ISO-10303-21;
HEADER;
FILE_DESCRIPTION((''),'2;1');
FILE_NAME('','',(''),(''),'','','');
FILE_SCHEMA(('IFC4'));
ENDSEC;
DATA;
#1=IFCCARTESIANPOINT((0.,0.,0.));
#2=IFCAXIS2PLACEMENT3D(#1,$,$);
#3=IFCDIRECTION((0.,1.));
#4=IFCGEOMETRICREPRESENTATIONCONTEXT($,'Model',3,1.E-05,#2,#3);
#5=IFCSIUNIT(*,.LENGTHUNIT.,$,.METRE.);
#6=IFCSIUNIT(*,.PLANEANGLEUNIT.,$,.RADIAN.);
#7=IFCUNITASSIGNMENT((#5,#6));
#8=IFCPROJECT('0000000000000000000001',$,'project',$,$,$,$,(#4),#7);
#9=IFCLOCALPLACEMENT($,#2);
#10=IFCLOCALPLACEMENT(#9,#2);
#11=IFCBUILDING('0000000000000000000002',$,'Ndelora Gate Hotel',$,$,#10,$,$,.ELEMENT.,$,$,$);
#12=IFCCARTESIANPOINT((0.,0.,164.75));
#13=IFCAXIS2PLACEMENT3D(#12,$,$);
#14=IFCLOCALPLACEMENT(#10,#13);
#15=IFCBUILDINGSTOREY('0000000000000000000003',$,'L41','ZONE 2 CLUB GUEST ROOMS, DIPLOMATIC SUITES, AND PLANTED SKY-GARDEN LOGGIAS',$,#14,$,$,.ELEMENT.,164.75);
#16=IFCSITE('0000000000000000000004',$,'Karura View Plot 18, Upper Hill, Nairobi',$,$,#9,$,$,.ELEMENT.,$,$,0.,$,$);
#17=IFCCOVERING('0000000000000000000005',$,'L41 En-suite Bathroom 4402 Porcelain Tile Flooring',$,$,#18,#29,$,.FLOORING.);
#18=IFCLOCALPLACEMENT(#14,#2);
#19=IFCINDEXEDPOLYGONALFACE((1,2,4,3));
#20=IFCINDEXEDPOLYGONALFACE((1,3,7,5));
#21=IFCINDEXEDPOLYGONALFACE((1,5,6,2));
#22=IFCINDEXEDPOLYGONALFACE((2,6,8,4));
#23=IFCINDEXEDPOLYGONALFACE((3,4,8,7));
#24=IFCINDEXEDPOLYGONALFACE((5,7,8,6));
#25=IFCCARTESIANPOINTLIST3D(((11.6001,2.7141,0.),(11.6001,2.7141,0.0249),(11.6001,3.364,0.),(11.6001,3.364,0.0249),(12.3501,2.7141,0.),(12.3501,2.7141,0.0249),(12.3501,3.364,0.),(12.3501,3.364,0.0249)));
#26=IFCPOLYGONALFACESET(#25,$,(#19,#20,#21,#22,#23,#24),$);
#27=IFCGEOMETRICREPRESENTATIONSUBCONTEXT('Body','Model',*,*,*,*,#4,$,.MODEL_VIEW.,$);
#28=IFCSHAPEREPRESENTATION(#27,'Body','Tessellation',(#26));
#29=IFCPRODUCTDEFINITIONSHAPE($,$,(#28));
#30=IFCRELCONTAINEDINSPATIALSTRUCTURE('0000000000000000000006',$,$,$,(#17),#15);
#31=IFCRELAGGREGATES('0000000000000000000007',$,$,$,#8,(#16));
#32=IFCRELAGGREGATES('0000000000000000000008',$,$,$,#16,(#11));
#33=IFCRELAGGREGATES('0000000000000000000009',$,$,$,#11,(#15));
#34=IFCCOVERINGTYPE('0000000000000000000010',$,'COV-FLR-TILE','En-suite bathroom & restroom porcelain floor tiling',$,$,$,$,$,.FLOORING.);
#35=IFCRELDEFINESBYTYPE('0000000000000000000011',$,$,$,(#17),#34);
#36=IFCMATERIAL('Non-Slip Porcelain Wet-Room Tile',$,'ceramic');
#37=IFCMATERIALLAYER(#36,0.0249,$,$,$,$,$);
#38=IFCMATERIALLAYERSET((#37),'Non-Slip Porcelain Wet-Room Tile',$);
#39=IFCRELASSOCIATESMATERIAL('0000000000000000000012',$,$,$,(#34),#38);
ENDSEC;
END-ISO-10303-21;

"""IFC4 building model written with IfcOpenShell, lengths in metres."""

from ifc_helpers import new_model, si_unit, direction, frame, origin, origin_2d, place, context, subcontext, project, spatial, rectangle, extrude, material, layer, layer_set, type_object, element, save


model = new_model("IFC4")

# Units and contexts
model_context = context("Model", 3, precision=1e-05, world=origin(), true_north=direction((0.0, 1.0)))
body_context = subcontext(model_context, "Body", "Model", "MODEL_VIEW")
ifc_project = project(units=[si_unit("LENGTHUNIT", "METRE"), si_unit("PLANEANGLEUNIT", "RADIAN")], contexts=[model_context])

# Site, building, storey
site_placement = place(None, origin())
site = spatial("IfcSite", under=ifc_project, at=site_placement, Name="Karura View Plot 18, Upper Hill, Nairobi", CompositionType="ELEMENT", RefElevation=0.0)
building_placement = place(site_placement, origin())
building = spatial("IfcBuilding", under=site, at=building_placement, Name="Ndelora Gate Hotel", CompositionType="ELEMENT")
storey_placement = place(building_placement, frame((0.0, 0.0, 164.75)))
storey = spatial("IfcBuildingStorey", under=building, at=storey_placement, Name="L41", Description="ZONE 2 CLUB GUEST ROOMS, DIPLOMATIC SUITES, AND PLANTED SKY-GARDEN LOGGIAS", CompositionType="ELEMENT", Elevation=164.75)

# Covering
ifc_material_1 = material(Name="Non-Slip Porcelain Wet-Room Tile", Category="ceramic")
ifc_layer_1 = layer(ifc_material_1, 0.0249)
ifc_layer_set_1 = layer_set([ifc_layer_1], Name="Non-Slip Porcelain Wet-Room Tile")
covering_type_1 = type_object("IfcCoveringType", Name="COV-FLR-TILE", Description="En-suite bathroom & restroom porcelain floor tiling", PredefinedType="FLOORING", material=ifc_layer_set_1)
covering_1_placement = place(storey_placement, frame((11.9751, 3.0391, 0.0), z_axis=(0.0, 0.0, 1.0), x_axis=(1.0, 0.0, 0.0)))
element("IfcCovering", 1, at=covering_1_placement, inside=storey, type_object=covering_type_1, Name="L41 En-suite Bathroom 4402 Porcelain Tile Flooring", PredefinedType="FLOORING", context=body_context, shape_type="SweptSolid", body=[
    extrude(rectangle(XDim=0.75, YDim=0.6499, at=origin_2d()), origin(), (0.0, 0.0, 1.0), 0.0249),
])

save(model, "model.ifc")
